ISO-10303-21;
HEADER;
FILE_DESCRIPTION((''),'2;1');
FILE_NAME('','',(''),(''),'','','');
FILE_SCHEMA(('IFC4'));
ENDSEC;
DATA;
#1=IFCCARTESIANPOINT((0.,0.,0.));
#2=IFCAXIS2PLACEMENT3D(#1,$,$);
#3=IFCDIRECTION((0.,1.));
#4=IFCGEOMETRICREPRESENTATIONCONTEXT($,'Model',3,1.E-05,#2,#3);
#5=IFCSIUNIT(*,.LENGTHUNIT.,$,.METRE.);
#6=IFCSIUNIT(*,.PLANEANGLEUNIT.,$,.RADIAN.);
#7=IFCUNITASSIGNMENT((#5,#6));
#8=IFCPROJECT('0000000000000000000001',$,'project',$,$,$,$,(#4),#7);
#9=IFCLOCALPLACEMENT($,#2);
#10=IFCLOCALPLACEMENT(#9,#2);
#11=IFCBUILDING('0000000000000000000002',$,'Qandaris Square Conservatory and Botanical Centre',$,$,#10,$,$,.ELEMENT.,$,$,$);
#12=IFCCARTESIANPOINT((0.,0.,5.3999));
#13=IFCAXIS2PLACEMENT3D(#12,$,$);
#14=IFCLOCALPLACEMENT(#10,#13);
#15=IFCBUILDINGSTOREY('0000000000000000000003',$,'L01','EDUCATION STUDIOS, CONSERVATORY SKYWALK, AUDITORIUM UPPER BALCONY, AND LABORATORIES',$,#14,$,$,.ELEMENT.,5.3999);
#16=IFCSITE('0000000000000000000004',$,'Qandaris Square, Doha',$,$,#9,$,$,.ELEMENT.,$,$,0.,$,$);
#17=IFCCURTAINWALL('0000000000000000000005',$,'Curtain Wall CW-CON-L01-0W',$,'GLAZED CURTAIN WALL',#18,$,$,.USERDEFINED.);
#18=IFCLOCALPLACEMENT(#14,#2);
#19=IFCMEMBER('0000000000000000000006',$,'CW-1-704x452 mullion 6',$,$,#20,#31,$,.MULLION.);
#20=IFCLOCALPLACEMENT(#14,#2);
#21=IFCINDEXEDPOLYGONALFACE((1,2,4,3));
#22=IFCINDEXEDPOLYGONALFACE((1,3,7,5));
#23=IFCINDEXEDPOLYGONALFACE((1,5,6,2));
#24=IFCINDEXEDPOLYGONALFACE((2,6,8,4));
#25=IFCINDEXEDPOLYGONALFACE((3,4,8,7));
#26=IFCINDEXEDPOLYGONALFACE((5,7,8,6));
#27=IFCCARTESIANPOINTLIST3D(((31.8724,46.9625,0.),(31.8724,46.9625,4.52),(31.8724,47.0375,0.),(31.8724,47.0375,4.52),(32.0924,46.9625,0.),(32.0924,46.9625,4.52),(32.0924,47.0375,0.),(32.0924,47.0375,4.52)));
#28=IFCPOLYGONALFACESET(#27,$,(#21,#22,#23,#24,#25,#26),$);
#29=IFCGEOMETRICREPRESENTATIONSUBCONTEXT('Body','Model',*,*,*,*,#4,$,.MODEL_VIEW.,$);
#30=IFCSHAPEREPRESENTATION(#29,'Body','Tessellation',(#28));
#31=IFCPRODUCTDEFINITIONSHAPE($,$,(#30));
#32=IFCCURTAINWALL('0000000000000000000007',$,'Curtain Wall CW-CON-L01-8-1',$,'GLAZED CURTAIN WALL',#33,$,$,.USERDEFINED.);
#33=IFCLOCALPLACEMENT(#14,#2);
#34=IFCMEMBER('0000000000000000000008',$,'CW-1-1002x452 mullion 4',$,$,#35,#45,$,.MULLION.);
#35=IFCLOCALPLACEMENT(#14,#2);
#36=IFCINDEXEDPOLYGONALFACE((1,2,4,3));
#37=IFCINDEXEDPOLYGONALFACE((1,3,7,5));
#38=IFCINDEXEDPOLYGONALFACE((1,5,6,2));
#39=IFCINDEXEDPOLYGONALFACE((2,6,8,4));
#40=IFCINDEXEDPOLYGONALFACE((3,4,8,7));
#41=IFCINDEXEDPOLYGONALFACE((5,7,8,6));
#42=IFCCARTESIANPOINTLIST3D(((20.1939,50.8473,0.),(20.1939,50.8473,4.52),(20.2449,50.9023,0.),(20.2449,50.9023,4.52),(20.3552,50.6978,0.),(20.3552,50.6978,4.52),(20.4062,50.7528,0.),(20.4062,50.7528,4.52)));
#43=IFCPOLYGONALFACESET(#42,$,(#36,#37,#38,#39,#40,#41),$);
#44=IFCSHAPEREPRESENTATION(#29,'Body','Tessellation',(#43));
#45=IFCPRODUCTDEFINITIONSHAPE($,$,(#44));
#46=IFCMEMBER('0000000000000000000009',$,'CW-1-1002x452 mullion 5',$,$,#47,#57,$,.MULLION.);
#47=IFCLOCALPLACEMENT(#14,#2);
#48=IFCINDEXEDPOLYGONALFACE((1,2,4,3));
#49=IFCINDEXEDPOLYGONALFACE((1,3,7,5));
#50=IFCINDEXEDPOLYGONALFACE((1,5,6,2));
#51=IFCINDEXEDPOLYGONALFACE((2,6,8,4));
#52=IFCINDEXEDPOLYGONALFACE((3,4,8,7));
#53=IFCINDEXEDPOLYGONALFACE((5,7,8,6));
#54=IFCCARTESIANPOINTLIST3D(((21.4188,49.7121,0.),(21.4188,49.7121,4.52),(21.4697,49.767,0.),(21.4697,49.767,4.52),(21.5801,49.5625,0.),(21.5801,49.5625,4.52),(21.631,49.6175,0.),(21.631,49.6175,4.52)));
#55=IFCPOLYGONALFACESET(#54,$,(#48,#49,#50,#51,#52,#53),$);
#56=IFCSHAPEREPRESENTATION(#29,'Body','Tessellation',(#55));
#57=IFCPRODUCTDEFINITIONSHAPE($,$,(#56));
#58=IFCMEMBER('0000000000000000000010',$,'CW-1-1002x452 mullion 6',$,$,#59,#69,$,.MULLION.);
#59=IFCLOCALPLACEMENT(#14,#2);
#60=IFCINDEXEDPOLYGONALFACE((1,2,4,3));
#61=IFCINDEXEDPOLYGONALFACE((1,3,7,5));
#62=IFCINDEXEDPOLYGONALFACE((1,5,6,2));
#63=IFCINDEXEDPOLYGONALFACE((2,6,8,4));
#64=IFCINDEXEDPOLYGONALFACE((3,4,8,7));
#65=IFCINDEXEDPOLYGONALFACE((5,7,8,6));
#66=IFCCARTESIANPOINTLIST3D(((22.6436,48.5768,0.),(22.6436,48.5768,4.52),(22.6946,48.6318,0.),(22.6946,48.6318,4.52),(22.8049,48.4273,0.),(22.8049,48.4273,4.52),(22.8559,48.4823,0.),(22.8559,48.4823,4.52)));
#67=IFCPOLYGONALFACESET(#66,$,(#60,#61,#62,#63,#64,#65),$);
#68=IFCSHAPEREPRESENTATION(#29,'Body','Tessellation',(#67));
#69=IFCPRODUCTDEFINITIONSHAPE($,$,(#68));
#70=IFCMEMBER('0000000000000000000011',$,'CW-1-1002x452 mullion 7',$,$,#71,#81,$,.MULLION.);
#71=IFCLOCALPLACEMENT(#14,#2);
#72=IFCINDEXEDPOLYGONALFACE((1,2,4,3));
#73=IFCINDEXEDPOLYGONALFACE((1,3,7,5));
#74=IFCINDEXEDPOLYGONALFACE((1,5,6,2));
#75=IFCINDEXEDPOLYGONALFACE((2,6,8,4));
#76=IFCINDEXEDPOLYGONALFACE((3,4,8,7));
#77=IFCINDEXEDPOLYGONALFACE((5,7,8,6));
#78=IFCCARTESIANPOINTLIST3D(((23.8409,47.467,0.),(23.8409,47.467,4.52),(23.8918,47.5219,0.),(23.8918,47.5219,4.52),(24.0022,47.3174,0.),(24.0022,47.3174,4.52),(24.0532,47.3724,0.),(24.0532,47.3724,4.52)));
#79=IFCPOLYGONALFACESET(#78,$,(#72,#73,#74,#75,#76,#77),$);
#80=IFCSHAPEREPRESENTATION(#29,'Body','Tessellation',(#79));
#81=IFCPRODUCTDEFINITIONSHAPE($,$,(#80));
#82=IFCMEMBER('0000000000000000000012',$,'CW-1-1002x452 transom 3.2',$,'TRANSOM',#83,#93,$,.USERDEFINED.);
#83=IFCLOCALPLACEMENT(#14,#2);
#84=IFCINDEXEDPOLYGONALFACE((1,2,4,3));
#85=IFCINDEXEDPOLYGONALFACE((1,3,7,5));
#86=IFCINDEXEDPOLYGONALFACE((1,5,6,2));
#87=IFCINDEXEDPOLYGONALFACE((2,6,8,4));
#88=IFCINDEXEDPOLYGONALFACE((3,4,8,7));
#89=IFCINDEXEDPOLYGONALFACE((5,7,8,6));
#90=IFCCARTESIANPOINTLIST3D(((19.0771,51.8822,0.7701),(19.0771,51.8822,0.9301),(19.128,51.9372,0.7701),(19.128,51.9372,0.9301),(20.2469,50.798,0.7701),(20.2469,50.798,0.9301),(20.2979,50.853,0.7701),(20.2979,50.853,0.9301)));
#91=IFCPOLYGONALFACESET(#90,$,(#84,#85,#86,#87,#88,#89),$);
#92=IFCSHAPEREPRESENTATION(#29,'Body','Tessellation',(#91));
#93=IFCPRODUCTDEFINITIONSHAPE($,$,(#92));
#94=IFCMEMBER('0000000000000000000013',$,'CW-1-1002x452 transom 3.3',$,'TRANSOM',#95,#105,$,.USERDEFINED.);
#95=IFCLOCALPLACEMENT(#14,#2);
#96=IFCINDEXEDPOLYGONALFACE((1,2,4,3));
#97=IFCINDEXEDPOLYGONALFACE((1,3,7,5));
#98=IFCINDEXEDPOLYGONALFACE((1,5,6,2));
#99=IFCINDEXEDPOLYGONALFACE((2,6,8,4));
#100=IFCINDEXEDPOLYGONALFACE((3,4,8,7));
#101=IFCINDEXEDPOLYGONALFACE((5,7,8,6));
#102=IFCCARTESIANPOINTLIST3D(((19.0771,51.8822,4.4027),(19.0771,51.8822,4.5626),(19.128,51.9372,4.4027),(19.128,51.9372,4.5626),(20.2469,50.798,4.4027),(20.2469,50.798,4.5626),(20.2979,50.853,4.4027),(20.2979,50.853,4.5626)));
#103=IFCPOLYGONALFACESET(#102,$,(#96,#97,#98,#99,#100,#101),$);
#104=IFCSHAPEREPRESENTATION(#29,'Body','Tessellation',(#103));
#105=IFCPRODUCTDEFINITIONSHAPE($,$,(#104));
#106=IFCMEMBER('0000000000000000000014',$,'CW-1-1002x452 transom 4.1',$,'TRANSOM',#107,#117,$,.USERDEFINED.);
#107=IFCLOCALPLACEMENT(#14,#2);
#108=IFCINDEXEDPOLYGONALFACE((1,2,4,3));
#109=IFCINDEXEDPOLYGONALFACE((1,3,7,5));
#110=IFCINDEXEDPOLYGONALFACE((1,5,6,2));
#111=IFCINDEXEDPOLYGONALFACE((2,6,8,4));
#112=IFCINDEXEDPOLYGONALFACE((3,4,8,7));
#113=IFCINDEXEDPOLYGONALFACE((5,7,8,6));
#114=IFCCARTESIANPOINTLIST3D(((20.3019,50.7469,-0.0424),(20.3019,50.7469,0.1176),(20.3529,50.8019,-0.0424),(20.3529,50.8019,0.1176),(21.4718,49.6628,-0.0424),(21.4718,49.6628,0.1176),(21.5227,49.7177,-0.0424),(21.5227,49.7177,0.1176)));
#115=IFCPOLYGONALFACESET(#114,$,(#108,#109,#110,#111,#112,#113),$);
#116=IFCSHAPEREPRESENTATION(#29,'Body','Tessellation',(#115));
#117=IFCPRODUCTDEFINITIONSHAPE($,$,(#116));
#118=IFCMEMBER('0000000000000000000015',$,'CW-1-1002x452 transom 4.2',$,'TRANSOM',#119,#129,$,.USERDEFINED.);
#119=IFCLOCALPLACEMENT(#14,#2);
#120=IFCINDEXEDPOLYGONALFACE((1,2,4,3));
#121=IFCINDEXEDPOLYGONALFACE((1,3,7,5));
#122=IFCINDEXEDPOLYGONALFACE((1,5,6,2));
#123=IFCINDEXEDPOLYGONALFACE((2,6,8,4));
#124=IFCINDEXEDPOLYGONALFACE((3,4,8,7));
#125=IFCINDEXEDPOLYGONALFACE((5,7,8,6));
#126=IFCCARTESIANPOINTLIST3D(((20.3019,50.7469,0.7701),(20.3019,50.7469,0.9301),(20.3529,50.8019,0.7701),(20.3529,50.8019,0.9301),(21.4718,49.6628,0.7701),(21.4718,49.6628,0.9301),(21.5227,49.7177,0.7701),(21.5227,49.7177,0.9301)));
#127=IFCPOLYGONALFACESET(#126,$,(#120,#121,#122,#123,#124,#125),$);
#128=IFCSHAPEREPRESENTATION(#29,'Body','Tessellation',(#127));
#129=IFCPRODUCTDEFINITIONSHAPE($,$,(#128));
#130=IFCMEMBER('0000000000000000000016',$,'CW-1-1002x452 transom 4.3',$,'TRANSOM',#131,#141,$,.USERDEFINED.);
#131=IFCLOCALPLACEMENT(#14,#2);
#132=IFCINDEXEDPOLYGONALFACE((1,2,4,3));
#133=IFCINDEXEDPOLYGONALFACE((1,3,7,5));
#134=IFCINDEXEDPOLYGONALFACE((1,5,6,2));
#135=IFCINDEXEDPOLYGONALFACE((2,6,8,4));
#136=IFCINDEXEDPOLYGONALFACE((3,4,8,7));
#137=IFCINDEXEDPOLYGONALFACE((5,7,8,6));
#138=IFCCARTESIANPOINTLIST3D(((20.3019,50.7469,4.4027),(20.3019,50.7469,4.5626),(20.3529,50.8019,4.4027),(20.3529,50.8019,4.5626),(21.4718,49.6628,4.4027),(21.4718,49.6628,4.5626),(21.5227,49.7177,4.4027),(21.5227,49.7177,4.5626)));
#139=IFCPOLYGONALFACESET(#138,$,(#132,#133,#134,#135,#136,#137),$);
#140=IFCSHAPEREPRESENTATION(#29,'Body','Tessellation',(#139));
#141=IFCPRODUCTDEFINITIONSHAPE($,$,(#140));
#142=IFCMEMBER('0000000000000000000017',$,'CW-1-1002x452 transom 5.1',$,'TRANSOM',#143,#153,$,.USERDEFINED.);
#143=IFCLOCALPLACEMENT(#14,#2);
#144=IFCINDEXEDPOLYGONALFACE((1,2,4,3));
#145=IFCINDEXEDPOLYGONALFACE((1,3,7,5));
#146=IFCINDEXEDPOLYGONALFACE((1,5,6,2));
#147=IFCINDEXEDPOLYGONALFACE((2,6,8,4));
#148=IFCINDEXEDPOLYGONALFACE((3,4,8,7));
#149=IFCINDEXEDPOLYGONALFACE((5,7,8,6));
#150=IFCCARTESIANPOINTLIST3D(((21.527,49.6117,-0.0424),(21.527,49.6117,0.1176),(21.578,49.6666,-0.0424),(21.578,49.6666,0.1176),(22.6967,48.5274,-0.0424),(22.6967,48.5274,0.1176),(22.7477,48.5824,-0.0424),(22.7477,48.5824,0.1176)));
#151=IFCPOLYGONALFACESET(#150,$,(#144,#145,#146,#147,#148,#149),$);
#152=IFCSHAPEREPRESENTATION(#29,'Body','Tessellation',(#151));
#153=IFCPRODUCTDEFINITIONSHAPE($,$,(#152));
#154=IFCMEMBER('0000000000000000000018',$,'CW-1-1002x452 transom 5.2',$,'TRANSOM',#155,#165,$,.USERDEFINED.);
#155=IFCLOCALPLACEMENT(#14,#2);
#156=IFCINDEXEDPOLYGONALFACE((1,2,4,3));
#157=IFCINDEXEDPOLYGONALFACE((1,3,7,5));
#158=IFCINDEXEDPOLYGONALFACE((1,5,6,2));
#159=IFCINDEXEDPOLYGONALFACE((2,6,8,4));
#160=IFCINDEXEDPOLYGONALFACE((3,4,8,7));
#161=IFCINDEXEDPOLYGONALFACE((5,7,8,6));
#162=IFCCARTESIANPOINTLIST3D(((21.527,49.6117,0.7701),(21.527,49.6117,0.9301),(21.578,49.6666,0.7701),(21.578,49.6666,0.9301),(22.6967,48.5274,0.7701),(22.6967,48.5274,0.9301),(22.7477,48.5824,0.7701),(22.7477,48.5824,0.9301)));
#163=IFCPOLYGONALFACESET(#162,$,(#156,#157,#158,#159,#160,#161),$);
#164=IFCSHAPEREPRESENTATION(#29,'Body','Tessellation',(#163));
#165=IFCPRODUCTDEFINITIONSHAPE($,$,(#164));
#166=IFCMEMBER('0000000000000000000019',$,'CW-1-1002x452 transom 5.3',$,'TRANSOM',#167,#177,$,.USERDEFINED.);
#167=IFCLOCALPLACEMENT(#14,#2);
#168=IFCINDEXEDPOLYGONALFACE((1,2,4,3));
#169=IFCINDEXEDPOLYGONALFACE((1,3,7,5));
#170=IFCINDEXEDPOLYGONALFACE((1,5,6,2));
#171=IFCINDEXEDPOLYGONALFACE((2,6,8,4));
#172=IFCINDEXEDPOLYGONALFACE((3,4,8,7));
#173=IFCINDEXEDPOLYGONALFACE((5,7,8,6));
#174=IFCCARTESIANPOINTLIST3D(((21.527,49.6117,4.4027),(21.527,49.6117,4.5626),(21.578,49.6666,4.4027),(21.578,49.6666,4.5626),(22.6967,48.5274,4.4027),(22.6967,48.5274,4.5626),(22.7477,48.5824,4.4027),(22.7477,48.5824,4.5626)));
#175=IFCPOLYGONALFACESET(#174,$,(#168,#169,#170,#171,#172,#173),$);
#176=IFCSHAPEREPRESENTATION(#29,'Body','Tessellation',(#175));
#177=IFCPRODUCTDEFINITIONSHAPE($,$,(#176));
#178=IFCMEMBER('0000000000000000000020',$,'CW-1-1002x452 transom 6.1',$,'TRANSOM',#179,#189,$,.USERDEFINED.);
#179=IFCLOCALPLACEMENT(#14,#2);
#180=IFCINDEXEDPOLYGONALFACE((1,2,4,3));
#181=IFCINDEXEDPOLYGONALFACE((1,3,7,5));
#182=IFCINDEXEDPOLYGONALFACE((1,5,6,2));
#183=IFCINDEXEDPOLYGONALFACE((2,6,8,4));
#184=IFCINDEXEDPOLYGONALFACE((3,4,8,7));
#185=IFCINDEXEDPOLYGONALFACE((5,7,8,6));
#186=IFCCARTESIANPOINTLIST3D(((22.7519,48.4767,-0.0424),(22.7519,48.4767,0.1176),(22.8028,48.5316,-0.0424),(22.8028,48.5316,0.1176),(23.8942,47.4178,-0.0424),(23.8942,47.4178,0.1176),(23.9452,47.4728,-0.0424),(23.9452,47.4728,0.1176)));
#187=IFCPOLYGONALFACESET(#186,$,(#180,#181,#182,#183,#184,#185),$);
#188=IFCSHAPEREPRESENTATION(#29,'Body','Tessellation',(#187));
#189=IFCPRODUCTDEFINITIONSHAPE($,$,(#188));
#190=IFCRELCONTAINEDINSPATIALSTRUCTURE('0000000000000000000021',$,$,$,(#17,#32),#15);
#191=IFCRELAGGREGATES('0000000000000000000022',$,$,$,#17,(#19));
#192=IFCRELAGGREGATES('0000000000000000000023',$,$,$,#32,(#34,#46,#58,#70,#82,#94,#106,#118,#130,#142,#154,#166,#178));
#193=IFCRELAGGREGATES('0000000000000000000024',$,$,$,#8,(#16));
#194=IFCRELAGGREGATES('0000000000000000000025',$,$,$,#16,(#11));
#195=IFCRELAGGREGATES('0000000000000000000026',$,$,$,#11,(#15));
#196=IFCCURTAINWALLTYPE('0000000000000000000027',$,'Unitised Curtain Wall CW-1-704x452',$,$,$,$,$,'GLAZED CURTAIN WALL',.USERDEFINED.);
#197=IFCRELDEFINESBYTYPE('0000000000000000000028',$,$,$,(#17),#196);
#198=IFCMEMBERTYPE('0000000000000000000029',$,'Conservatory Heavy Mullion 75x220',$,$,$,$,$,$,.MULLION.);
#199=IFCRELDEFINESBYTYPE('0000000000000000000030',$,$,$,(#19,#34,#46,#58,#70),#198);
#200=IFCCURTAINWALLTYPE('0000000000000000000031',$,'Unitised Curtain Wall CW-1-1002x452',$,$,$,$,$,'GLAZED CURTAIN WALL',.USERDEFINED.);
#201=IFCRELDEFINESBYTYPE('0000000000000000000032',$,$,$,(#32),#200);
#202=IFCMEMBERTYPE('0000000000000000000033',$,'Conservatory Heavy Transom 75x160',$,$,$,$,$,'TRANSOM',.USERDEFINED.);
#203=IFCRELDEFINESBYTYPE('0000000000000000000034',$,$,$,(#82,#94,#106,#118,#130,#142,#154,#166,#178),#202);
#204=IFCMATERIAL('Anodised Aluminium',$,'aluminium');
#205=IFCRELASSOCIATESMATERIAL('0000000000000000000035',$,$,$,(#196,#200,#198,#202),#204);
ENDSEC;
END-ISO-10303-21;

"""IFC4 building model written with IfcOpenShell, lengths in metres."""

from ifc_helpers import new_model, si_unit, direction, frame, origin, origin_2d, place, context, subcontext, project, spatial, rectangle, extrude, material, material_profile, profile_set, type_object, element, aggregate, save


model = new_model("IFC4")

# Units and contexts
model_context = context("Model", 3, precision=1e-05, world=origin(), true_north=direction((0.0, 1.0)))
body_context = subcontext(model_context, "Body", "Model", "MODEL_VIEW")
ifc_project = project(units=[si_unit("LENGTHUNIT", "METRE"), si_unit("PLANEANGLEUNIT", "RADIAN")], contexts=[model_context])

# Site, building, storey
site_placement = place(None, origin())
site = spatial("IfcSite", under=ifc_project, at=site_placement, Name="Qandaris Square, Doha", CompositionType="ELEMENT", RefElevation=0.0)
building_placement = place(site_placement, origin())
building = spatial("IfcBuilding", under=site, at=building_placement, Name="Qandaris Square Conservatory and Botanical Centre", CompositionType="ELEMENT")
storey_placement = place(building_placement, frame((0.0, 0.0, 5.3999)))
storey = spatial("IfcBuildingStorey", under=building, at=storey_placement, Name="L01", Description="EDUCATION STUDIOS, CONSERVATORY SKYWALK, AUDITORIUM UPPER BALCONY, AND LABORATORIES", CompositionType="ELEMENT", Elevation=5.3999)

# Curtain wall, member
ifc_material_1 = material(Name="Anodised Aluminium", Category="aluminium")
curtain_wall_type_1 = type_object("IfcCurtainWallType", Name="Unitised Curtain Wall CW-1-704x452", ElementType="GLAZED CURTAIN WALL", PredefinedType="USERDEFINED", material=ifc_material_1)
curtain_wall_1_placement = place(storey_placement, origin())
curtain_wall_1 = element("IfcCurtainWall", 1, at=curtain_wall_1_placement, inside=storey, type_object=curtain_wall_type_1, Name="Curtain Wall CW-CON-L01-0W", ObjectType="GLAZED CURTAIN WALL", PredefinedType="USERDEFINED")
ifc_material_profile_1 = material_profile(ifc_material_1, rectangle(XDim=0.075, YDim=0.22, at=origin_2d()), Name="ALU-MUL 75x220")
ifc_profile_set_1 = profile_set([ifc_material_profile_1], Name="Anodised Aluminium")
member_type_1 = type_object("IfcMemberType", Name="Conservatory Heavy Mullion 75x220", PredefinedType="MULLION", material=ifc_profile_set_1)
member_1_placement = place(storey_placement, frame((31.9824, 47.0, 0.0), z_axis=(0.0, 0.0, 1.0), x_axis=(0.0, 1.0, 0.0)))
member_1 = element("IfcMember", 2, at=member_1_placement, type_object=member_type_1, Name="CW-1-704x452 mullion 6", PredefinedType="MULLION", context=body_context, shape_type="SweptSolid", body=[
    extrude(rectangle(XDim=0.075, YDim=0.22, at=origin_2d()), origin(), (0.0, 0.0, 1.0), 4.52),
])

# Curtain wall, members
curtain_wall_type_2 = type_object("IfcCurtainWallType", Name="Unitised Curtain Wall CW-1-1002x452", ElementType="GLAZED CURTAIN WALL", PredefinedType="USERDEFINED", material=ifc_material_1)
curtain_wall_2_placement = place(storey_placement, origin())
curtain_wall_2 = element("IfcCurtainWall", 3, at=curtain_wall_2_placement, inside=storey, type_object=curtain_wall_type_2, Name="Curtain Wall CW-CON-L01-8-1", ObjectType="GLAZED CURTAIN WALL", PredefinedType="USERDEFINED")
member_2_placement = place(storey_placement, frame((20.3, 50.8, 0.0), z_axis=(0.0, 0.0, 1.0), x_axis=(0.679762, 0.733433, 0.0)))
member_2 = element("IfcMember", 4, at=member_2_placement, type_object=member_type_1, Name="CW-1-1002x452 mullion 4", PredefinedType="MULLION", context=body_context, shape_type="SweptSolid", body=[
    extrude(rectangle(XDim=0.075, YDim=0.22, at=origin_2d()), origin(), (0.0, 0.0, 1.0), 4.52),
])
member_3_placement = place(storey_placement, frame((21.5249, 49.6648, 0.0), z_axis=(0.0, 0.0, 1.0), x_axis=(0.679762, 0.733433, 0.0)))
member_3 = element("IfcMember", 5, at=member_3_placement, type_object=member_type_1, Name="CW-1-1002x452 mullion 5", PredefinedType="MULLION", context=body_context, shape_type="SweptSolid", body=[
    extrude(rectangle(XDim=0.075, YDim=0.22, at=origin_2d()), origin(), (0.0, 0.0, 1.0), 4.52),
])
member_4_placement = place(storey_placement, frame((22.7498, 48.5295, 0.0), z_axis=(0.0, 0.0, 1.0), x_axis=(0.679762, 0.733433, 0.0)))
member_4 = element("IfcMember", 6, at=member_4_placement, type_object=member_type_1, Name="CW-1-1002x452 mullion 6", PredefinedType="MULLION", context=body_context, shape_type="SweptSolid", body=[
    extrude(rectangle(XDim=0.075, YDim=0.22, at=origin_2d()), origin(), (0.0, 0.0, 1.0), 4.52),
])
member_5_placement = place(storey_placement, frame((23.947, 47.4197, 0.0), z_axis=(0.0, 0.0, 1.0), x_axis=(0.679762, 0.733433, 0.0)))
member_5 = element("IfcMember", 7, at=member_5_placement, type_object=member_type_1, Name="CW-1-1002x452 mullion 7", PredefinedType="MULLION", context=body_context, shape_type="SweptSolid", body=[
    extrude(rectangle(XDim=0.075, YDim=0.22, at=origin_2d()), origin(), (0.0, 0.0, 1.0), 4.52),
])
ifc_material_profile_2 = material_profile(ifc_material_1, rectangle(XDim=0.075, YDim=0.1599, at=origin_2d()), Name="ALU-TRN 75x160")
ifc_profile_set_2 = profile_set([ifc_material_profile_2], Name="Anodised Aluminium")
member_type_2 = type_object("IfcMemberType", Name="Conservatory Heavy Transom 75x160", ElementType="TRANSOM", PredefinedType="USERDEFINED", material=ifc_profile_set_2)
member_6_placement = place(storey_placement, frame((19.1025, 51.9097, 0.8501), z_axis=(0.733458, -0.679735, 0.0), x_axis=(0.679735, 0.733458, 0.0)))
member_6 = element("IfcMember", 8, at=member_6_placement, type_object=member_type_2, Name="CW-1-1002x452 transom 3.2", ObjectType="TRANSOM", PredefinedType="USERDEFINED", context=body_context, shape_type="SweptSolid", body=[
    extrude(rectangle(XDim=0.075, YDim=0.1599, at=origin_2d()), origin(), (0.0, 0.0, 1.0), 1.595),
])
member_7_placement = place(storey_placement, frame((19.1025, 51.9097, 4.4827), z_axis=(0.733458, -0.679735, 0.0), x_axis=(0.679735, 0.733458, 0.0)))
member_7 = element("IfcMember", 9, at=member_7_placement, type_object=member_type_2, Name="CW-1-1002x452 transom 3.3", ObjectType="TRANSOM", PredefinedType="USERDEFINED", context=body_context, shape_type="SweptSolid", body=[
    extrude(rectangle(XDim=0.075, YDim=0.1599, at=origin_2d()), origin(), (0.0, 0.0, 1.0), 1.595),
])
member_8_placement = place(storey_placement, frame((20.3274, 50.7744, 0.0376), z_axis=(0.733458, -0.679735, 0.0), x_axis=(0.679735, 0.733458, 0.0)))
member_8 = element("IfcMember", 10, at=member_8_placement, type_object=member_type_2, Name="CW-1-1002x452 transom 4.1", ObjectType="TRANSOM", PredefinedType="USERDEFINED", context=body_context, shape_type="SweptSolid", body=[
    extrude(rectangle(XDim=0.075, YDim=0.1599, at=origin_2d()), origin(), (0.0, 0.0, 1.0), 1.595),
])
member_9_placement = place(storey_placement, frame((20.3274, 50.7744, 0.8501), z_axis=(0.733458, -0.679735, 0.0), x_axis=(0.679735, 0.733458, 0.0)))
member_9 = element("IfcMember", 11, at=member_9_placement, type_object=member_type_2, Name="CW-1-1002x452 transom 4.2", ObjectType="TRANSOM", PredefinedType="USERDEFINED", context=body_context, shape_type="SweptSolid", body=[
    extrude(rectangle(XDim=0.075, YDim=0.1599, at=origin_2d()), origin(), (0.0, 0.0, 1.0), 1.595),
])
member_10_placement = place(storey_placement, frame((20.3274, 50.7744, 4.4827), z_axis=(0.733458, -0.679735, 0.0), x_axis=(0.679735, 0.733458, 0.0)))
member_10 = element("IfcMember", 12, at=member_10_placement, type_object=member_type_2, Name="CW-1-1002x452 transom 4.3", ObjectType="TRANSOM", PredefinedType="USERDEFINED", context=body_context, shape_type="SweptSolid", body=[
    extrude(rectangle(XDim=0.075, YDim=0.1599, at=origin_2d()), origin(), (0.0, 0.0, 1.0), 1.595),
])
member_11_placement = place(storey_placement, frame((21.5525, 49.6392, 0.0376), z_axis=(0.733387, -0.679811, 0.0), x_axis=(0.679811, 0.733387, 0.0)))
member_11 = element("IfcMember", 13, at=member_11_placement, type_object=member_type_2, Name="CW-1-1002x452 transom 5.1", ObjectType="TRANSOM", PredefinedType="USERDEFINED", context=body_context, shape_type="SweptSolid", body=[
    extrude(rectangle(XDim=0.075, YDim=0.1599, at=origin_2d()), origin(), (0.0, 0.0, 1.0), 1.595),
])
member_12_placement = place(storey_placement, frame((21.5525, 49.6392, 0.8501), z_axis=(0.733387, -0.679811, 0.0), x_axis=(0.679811, 0.733387, 0.0)))
member_12 = element("IfcMember", 14, at=member_12_placement, type_object=member_type_2, Name="CW-1-1002x452 transom 5.2", ObjectType="TRANSOM", PredefinedType="USERDEFINED", context=body_context, shape_type="SweptSolid", body=[
    extrude(rectangle(XDim=0.075, YDim=0.1599, at=origin_2d()), origin(), (0.0, 0.0, 1.0), 1.595),
])
member_13_placement = place(storey_placement, frame((21.5525, 49.6392, 4.4827), z_axis=(0.733387, -0.679811, 0.0), x_axis=(0.679811, 0.733387, 0.0)))
member_13 = element("IfcMember", 15, at=member_13_placement, type_object=member_type_2, Name="CW-1-1002x452 transom 5.3", ObjectType="TRANSOM", PredefinedType="USERDEFINED", context=body_context, shape_type="SweptSolid", body=[
    extrude(rectangle(XDim=0.075, YDim=0.1599, at=origin_2d()), origin(), (0.0, 0.0, 1.0), 1.595),
])
member_14_placement = place(storey_placement, frame((22.7773, 48.5042, 0.0376), z_axis=(0.733402, -0.679796, 0.0), x_axis=(0.679796, 0.733402, 0.0)))
member_14 = element("IfcMember", 16, at=member_14_placement, type_object=member_type_2, Name="CW-1-1002x452 transom 6.1", ObjectType="TRANSOM", PredefinedType="USERDEFINED", context=body_context, shape_type="SweptSolid", body=[
    extrude(rectangle(XDim=0.075, YDim=0.1599, at=origin_2d()), origin(), (0.0, 0.0, 1.0), 1.5576),
])

aggregate(curtain_wall_1, [member_1])
aggregate(curtain_wall_2, [member_2, member_3, member_4, member_5, member_6, member_7, member_8, member_9, member_10, member_11, member_12, member_13, member_14])

save(model, "model.ifc")
